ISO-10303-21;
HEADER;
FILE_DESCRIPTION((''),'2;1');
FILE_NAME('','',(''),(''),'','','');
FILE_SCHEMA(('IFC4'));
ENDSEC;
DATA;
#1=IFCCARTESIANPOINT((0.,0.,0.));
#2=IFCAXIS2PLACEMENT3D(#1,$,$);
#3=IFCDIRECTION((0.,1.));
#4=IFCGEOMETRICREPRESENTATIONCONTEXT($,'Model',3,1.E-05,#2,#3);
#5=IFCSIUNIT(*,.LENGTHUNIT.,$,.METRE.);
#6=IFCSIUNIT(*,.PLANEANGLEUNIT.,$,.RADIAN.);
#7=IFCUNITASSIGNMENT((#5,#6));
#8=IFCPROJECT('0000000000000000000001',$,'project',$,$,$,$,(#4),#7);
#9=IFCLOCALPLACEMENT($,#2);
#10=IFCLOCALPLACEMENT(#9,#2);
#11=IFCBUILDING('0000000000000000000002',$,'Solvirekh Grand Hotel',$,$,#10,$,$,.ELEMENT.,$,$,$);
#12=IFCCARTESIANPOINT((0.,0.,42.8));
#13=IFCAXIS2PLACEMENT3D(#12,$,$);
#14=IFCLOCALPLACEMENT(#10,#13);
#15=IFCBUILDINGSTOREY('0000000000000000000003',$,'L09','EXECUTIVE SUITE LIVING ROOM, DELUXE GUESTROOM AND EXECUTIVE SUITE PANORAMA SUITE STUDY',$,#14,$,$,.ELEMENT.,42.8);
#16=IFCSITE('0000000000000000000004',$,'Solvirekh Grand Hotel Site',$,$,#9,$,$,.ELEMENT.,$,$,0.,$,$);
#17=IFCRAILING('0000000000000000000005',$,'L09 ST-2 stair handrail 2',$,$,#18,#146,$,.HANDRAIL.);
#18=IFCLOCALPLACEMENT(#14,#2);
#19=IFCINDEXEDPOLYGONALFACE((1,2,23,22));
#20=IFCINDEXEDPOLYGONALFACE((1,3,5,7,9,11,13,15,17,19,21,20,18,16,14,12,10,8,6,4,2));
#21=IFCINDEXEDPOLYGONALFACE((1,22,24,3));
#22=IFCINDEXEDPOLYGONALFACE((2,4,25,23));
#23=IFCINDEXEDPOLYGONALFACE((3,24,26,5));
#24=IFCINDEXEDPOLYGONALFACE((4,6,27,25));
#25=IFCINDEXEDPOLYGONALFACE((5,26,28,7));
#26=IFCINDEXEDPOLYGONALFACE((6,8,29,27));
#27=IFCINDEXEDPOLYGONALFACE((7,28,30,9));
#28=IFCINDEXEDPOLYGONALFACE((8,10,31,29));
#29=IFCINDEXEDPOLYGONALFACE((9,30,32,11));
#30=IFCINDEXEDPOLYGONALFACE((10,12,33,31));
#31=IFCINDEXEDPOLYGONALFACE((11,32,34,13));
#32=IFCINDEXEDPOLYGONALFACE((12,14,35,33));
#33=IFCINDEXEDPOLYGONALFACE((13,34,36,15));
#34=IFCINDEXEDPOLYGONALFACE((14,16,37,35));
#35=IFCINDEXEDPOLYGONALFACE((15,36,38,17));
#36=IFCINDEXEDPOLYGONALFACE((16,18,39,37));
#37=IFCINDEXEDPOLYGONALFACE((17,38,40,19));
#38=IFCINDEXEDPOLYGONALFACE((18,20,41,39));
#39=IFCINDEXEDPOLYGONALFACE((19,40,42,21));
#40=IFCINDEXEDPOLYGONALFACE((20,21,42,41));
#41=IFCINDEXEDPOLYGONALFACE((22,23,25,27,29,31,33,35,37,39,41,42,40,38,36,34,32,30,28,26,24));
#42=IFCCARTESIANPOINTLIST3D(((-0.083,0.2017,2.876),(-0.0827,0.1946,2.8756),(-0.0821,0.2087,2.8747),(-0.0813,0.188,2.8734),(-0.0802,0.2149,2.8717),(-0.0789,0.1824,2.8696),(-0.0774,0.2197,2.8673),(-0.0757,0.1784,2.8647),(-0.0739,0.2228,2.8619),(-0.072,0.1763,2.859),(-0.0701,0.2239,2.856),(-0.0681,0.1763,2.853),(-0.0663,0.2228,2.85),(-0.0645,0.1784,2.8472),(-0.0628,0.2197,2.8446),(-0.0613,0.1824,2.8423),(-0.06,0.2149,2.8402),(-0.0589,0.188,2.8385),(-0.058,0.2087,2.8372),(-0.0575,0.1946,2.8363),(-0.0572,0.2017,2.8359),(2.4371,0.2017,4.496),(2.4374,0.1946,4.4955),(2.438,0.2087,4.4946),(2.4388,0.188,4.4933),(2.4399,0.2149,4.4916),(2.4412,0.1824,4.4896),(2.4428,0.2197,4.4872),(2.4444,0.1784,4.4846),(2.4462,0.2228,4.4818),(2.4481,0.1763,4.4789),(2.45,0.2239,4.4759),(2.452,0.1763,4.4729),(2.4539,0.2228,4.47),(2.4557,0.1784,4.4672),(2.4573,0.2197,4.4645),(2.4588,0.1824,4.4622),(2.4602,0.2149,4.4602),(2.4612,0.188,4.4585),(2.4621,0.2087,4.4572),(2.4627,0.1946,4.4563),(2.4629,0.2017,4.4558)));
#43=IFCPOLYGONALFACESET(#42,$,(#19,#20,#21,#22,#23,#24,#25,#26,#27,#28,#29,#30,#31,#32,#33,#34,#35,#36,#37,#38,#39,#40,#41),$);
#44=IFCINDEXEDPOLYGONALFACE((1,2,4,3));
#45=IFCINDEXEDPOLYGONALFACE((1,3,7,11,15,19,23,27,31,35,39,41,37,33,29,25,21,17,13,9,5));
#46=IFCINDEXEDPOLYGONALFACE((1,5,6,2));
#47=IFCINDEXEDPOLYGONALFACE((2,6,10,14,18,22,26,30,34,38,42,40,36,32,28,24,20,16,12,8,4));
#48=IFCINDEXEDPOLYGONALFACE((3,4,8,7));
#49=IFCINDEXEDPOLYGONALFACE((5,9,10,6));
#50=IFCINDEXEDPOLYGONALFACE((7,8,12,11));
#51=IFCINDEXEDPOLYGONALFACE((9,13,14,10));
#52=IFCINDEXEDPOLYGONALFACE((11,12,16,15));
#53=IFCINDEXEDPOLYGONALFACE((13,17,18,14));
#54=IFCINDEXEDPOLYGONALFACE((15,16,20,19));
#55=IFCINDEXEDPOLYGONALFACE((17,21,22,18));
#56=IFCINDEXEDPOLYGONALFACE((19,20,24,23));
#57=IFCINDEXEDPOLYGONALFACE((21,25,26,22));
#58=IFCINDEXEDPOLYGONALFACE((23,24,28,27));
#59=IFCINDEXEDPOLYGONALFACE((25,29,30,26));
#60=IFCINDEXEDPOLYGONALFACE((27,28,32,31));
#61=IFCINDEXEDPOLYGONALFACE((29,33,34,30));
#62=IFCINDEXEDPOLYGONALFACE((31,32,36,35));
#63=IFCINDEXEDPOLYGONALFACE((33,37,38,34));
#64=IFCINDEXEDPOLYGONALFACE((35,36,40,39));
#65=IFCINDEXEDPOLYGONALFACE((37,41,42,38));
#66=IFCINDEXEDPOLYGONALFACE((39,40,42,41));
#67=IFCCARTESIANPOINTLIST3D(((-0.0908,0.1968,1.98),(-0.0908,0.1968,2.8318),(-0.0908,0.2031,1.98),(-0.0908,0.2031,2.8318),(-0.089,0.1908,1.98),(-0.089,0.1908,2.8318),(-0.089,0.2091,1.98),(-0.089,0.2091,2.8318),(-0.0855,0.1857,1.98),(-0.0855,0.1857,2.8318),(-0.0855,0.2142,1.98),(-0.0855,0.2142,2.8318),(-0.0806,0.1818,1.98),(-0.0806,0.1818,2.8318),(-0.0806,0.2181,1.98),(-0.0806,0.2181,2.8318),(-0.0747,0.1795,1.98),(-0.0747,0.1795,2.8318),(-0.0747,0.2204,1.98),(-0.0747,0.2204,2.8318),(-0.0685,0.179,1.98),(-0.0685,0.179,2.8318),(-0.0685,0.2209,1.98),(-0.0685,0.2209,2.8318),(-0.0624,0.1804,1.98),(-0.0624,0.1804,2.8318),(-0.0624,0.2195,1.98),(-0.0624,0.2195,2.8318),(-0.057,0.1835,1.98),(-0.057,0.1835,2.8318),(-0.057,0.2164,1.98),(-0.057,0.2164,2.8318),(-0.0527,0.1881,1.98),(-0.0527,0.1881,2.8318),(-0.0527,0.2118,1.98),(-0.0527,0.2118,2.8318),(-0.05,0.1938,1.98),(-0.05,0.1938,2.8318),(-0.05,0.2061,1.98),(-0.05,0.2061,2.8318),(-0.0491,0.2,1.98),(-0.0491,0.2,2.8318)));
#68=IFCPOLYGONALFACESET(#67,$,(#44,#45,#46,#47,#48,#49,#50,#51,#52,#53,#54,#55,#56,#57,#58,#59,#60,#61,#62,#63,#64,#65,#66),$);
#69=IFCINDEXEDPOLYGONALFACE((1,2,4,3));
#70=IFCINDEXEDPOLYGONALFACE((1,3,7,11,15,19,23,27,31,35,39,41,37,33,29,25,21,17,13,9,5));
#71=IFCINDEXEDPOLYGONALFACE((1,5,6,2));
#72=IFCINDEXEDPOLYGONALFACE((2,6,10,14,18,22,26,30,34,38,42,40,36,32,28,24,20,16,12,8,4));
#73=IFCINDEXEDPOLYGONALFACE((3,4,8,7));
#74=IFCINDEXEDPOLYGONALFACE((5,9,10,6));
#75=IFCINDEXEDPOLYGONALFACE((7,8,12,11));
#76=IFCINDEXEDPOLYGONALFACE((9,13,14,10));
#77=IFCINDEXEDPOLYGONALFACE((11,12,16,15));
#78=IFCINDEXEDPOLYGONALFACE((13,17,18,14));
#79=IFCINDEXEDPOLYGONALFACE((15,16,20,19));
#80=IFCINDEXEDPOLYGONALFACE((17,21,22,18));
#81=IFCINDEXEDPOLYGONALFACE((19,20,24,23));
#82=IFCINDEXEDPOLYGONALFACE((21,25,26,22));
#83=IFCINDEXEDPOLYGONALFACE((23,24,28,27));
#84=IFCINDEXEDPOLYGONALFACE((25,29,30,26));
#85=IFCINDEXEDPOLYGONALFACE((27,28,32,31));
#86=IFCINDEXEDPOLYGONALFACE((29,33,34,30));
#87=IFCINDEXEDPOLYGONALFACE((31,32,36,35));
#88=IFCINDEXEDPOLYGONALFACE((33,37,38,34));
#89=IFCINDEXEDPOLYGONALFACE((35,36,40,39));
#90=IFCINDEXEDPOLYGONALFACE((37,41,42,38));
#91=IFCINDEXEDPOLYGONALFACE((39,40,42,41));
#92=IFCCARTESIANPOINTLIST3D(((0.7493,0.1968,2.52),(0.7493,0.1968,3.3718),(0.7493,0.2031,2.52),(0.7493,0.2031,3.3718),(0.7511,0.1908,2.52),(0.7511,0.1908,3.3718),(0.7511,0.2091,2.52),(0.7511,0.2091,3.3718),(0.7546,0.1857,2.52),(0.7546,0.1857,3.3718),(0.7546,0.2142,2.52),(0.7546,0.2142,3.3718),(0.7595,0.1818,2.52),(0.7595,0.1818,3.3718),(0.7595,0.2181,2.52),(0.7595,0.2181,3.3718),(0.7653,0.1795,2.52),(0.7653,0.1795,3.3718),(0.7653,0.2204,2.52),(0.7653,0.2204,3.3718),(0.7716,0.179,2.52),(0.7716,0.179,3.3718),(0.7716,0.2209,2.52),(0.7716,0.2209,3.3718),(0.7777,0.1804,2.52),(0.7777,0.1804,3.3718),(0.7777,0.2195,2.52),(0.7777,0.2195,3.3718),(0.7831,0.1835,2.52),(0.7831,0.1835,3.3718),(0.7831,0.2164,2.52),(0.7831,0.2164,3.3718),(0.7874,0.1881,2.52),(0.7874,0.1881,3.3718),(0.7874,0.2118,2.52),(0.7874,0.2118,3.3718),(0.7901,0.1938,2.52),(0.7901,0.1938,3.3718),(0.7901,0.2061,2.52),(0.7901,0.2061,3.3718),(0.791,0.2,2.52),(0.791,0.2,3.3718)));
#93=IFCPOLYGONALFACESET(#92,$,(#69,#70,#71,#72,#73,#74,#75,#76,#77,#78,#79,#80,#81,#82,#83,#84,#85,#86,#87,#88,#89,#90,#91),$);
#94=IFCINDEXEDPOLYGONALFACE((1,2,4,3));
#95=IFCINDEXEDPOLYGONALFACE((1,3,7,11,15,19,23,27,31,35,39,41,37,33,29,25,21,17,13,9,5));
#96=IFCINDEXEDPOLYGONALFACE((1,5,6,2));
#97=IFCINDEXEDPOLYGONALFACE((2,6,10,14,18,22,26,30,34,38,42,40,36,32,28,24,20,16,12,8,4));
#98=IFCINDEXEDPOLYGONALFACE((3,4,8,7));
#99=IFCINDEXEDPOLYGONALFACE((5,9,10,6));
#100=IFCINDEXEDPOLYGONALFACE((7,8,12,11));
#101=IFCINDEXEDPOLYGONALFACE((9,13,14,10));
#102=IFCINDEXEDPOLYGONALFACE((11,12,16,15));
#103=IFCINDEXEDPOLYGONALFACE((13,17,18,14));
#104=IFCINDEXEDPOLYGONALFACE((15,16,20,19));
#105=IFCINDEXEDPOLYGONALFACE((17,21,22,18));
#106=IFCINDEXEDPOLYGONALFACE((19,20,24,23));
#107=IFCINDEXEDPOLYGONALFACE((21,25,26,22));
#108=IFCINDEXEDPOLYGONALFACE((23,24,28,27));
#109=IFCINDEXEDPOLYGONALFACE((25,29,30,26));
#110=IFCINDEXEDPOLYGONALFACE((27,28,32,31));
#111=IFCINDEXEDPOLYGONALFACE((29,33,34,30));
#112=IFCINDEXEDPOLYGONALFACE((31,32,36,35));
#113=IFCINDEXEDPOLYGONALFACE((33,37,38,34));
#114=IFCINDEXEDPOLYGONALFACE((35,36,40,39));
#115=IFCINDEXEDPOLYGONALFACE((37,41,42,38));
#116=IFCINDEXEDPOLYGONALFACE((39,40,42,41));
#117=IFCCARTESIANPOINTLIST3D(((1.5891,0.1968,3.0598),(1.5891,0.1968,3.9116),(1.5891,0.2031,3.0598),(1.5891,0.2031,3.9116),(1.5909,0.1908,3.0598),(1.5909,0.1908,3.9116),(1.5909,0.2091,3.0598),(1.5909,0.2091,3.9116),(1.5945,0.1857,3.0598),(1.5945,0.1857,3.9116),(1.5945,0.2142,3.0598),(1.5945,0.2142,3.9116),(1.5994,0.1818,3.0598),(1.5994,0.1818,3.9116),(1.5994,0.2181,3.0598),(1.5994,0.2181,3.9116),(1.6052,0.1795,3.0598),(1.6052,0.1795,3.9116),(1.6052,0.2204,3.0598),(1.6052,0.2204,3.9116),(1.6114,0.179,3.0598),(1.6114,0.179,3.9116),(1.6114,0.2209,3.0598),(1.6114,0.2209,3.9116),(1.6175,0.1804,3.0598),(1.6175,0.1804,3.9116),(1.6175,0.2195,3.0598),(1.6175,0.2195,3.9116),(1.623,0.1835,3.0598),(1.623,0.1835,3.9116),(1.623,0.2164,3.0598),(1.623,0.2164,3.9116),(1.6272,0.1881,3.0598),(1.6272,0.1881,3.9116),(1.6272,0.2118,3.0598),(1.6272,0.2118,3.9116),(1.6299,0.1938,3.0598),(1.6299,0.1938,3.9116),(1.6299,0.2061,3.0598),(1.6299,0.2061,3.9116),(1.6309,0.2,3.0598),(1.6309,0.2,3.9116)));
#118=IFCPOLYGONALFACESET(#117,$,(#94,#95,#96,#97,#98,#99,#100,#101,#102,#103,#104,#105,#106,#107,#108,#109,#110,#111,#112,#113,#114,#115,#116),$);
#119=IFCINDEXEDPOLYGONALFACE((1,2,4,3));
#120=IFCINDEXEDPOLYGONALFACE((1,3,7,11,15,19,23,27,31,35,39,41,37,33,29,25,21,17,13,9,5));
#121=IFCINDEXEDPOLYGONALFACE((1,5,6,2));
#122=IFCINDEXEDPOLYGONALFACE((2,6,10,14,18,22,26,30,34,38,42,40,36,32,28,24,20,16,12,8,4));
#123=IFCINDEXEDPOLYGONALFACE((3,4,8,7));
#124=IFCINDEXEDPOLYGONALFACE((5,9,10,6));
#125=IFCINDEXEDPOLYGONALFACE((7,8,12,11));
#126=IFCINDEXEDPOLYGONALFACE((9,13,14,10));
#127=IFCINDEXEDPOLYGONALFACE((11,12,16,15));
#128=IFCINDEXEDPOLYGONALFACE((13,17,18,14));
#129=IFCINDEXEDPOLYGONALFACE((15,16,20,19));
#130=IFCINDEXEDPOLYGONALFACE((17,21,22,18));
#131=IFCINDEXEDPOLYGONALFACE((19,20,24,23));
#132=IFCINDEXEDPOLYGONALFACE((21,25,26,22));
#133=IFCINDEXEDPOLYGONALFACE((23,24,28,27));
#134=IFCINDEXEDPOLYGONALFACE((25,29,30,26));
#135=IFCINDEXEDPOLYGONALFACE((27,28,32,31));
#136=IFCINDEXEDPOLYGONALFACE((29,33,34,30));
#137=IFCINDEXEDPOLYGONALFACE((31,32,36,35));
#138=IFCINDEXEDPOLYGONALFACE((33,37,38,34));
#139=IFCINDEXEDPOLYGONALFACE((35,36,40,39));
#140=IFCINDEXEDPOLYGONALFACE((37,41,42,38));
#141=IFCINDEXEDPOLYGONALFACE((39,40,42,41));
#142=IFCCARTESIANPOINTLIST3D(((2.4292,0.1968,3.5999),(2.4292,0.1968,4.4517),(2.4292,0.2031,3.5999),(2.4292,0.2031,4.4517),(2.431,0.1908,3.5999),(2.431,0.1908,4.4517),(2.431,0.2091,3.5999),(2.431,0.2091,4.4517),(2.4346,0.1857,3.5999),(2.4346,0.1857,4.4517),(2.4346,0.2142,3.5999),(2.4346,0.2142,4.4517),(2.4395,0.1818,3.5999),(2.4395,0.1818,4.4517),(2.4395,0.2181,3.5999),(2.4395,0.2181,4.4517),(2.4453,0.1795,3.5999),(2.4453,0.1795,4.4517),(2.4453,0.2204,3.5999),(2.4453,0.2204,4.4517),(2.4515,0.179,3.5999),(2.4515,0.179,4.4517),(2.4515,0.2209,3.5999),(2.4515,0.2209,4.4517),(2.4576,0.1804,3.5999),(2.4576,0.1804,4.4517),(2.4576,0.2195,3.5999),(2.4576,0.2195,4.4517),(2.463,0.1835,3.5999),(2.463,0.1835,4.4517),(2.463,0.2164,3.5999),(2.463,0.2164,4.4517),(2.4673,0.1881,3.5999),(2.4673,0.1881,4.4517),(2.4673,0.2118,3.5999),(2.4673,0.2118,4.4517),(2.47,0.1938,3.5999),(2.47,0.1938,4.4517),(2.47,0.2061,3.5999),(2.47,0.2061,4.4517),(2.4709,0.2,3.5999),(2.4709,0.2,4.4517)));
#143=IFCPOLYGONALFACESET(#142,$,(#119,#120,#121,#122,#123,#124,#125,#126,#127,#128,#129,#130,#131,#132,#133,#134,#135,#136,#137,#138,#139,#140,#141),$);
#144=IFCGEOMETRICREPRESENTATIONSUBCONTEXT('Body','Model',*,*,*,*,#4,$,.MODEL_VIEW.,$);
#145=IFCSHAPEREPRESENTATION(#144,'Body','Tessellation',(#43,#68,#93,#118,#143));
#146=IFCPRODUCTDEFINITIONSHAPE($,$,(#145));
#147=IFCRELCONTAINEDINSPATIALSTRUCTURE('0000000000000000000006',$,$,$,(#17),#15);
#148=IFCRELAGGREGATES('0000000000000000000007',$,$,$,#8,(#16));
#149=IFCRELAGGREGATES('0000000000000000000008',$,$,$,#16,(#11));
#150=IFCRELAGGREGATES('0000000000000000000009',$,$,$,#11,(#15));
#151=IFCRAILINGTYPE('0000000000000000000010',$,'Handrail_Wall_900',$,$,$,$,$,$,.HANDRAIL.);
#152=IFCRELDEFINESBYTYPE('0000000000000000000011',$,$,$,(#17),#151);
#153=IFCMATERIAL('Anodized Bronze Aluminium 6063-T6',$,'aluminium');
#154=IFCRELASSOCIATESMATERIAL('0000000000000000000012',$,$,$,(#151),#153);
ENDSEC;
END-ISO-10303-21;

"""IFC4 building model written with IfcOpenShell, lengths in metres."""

from ifc_helpers import new_model, si_unit, direction, frame, origin, origin_2d, place, context, subcontext, project, spatial, circle, extrude, material, type_object, element, save


model = new_model("IFC4")

# Units and contexts
model_context = context("Model", 3, precision=1e-05, world=origin(), true_north=direction((0.0, 1.0)))
body_context = subcontext(model_context, "Body", "Model", "MODEL_VIEW")
ifc_project = project(units=[si_unit("LENGTHUNIT", "METRE"), si_unit("PLANEANGLEUNIT", "RADIAN")], contexts=[model_context])

# Site, building, storey
site_placement = place(None, origin())
site = spatial("IfcSite", under=ifc_project, at=site_placement, Name="Solvirekh Grand Hotel Site", CompositionType="ELEMENT", RefElevation=0.0)
building_placement = place(site_placement, origin())
building = spatial("IfcBuilding", under=site, at=building_placement, Name="Solvirekh Grand Hotel", CompositionType="ELEMENT")
storey_placement = place(building_placement, frame((0.0, 0.0, 42.8)))
storey = spatial("IfcBuildingStorey", under=building, at=storey_placement, Name="L09", Description="EXECUTIVE SUITE LIVING ROOM, DELUXE GUESTROOM AND EXECUTIVE SUITE PANORAMA SUITE STUDY", CompositionType="ELEMENT", Elevation=42.8)

# Railing
ifc_material_1 = material(Name="Anodized Bronze Aluminium 6063-T6", Category="aluminium")
railing_type_1 = type_object("IfcRailingType", Name="Handrail_Wall_900", PredefinedType="HANDRAIL", material=ifc_material_1)
railing_1_placement = place(storey_placement, frame((-0.0701, 0.2, 1.98)))
element("IfcRailing", 1, at=railing_1_placement, inside=storey, type_object=railing_type_1, Name="L09 ST-2 stair handrail 2", PredefinedType="HANDRAIL", context=body_context, shape_type="SweptSolid", body=[
    extrude(circle(Radius=0.0239, at=origin_2d()), frame((0.0, 0.0, 0.876), z_axis=(0.8412, 0.0, 0.540725), x_axis=(0.0, 1.0, 0.0)), (0.0, 0.0, 1.0), 2.9958),
    extrude(circle(Radius=0.021, at=origin_2d()), origin(), (0.0, 0.0, 1.0), 0.8518),
    extrude(circle(Radius=0.021, at=origin_2d()), frame((0.8401, 0.0, 0.54)), (0.0, 0.0, 1.0), 0.8518),
    extrude(circle(Radius=0.021, at=origin_2d()), frame((1.6799, 0.0, 1.0798)), (0.0, 0.0, 1.0), 0.8518),
    extrude(circle(Radius=0.021, at=origin_2d()), frame((2.52, 0.0, 1.6199)), (0.0, 0.0, 1.0), 0.8518),
])

save(model, "model.ifc")
